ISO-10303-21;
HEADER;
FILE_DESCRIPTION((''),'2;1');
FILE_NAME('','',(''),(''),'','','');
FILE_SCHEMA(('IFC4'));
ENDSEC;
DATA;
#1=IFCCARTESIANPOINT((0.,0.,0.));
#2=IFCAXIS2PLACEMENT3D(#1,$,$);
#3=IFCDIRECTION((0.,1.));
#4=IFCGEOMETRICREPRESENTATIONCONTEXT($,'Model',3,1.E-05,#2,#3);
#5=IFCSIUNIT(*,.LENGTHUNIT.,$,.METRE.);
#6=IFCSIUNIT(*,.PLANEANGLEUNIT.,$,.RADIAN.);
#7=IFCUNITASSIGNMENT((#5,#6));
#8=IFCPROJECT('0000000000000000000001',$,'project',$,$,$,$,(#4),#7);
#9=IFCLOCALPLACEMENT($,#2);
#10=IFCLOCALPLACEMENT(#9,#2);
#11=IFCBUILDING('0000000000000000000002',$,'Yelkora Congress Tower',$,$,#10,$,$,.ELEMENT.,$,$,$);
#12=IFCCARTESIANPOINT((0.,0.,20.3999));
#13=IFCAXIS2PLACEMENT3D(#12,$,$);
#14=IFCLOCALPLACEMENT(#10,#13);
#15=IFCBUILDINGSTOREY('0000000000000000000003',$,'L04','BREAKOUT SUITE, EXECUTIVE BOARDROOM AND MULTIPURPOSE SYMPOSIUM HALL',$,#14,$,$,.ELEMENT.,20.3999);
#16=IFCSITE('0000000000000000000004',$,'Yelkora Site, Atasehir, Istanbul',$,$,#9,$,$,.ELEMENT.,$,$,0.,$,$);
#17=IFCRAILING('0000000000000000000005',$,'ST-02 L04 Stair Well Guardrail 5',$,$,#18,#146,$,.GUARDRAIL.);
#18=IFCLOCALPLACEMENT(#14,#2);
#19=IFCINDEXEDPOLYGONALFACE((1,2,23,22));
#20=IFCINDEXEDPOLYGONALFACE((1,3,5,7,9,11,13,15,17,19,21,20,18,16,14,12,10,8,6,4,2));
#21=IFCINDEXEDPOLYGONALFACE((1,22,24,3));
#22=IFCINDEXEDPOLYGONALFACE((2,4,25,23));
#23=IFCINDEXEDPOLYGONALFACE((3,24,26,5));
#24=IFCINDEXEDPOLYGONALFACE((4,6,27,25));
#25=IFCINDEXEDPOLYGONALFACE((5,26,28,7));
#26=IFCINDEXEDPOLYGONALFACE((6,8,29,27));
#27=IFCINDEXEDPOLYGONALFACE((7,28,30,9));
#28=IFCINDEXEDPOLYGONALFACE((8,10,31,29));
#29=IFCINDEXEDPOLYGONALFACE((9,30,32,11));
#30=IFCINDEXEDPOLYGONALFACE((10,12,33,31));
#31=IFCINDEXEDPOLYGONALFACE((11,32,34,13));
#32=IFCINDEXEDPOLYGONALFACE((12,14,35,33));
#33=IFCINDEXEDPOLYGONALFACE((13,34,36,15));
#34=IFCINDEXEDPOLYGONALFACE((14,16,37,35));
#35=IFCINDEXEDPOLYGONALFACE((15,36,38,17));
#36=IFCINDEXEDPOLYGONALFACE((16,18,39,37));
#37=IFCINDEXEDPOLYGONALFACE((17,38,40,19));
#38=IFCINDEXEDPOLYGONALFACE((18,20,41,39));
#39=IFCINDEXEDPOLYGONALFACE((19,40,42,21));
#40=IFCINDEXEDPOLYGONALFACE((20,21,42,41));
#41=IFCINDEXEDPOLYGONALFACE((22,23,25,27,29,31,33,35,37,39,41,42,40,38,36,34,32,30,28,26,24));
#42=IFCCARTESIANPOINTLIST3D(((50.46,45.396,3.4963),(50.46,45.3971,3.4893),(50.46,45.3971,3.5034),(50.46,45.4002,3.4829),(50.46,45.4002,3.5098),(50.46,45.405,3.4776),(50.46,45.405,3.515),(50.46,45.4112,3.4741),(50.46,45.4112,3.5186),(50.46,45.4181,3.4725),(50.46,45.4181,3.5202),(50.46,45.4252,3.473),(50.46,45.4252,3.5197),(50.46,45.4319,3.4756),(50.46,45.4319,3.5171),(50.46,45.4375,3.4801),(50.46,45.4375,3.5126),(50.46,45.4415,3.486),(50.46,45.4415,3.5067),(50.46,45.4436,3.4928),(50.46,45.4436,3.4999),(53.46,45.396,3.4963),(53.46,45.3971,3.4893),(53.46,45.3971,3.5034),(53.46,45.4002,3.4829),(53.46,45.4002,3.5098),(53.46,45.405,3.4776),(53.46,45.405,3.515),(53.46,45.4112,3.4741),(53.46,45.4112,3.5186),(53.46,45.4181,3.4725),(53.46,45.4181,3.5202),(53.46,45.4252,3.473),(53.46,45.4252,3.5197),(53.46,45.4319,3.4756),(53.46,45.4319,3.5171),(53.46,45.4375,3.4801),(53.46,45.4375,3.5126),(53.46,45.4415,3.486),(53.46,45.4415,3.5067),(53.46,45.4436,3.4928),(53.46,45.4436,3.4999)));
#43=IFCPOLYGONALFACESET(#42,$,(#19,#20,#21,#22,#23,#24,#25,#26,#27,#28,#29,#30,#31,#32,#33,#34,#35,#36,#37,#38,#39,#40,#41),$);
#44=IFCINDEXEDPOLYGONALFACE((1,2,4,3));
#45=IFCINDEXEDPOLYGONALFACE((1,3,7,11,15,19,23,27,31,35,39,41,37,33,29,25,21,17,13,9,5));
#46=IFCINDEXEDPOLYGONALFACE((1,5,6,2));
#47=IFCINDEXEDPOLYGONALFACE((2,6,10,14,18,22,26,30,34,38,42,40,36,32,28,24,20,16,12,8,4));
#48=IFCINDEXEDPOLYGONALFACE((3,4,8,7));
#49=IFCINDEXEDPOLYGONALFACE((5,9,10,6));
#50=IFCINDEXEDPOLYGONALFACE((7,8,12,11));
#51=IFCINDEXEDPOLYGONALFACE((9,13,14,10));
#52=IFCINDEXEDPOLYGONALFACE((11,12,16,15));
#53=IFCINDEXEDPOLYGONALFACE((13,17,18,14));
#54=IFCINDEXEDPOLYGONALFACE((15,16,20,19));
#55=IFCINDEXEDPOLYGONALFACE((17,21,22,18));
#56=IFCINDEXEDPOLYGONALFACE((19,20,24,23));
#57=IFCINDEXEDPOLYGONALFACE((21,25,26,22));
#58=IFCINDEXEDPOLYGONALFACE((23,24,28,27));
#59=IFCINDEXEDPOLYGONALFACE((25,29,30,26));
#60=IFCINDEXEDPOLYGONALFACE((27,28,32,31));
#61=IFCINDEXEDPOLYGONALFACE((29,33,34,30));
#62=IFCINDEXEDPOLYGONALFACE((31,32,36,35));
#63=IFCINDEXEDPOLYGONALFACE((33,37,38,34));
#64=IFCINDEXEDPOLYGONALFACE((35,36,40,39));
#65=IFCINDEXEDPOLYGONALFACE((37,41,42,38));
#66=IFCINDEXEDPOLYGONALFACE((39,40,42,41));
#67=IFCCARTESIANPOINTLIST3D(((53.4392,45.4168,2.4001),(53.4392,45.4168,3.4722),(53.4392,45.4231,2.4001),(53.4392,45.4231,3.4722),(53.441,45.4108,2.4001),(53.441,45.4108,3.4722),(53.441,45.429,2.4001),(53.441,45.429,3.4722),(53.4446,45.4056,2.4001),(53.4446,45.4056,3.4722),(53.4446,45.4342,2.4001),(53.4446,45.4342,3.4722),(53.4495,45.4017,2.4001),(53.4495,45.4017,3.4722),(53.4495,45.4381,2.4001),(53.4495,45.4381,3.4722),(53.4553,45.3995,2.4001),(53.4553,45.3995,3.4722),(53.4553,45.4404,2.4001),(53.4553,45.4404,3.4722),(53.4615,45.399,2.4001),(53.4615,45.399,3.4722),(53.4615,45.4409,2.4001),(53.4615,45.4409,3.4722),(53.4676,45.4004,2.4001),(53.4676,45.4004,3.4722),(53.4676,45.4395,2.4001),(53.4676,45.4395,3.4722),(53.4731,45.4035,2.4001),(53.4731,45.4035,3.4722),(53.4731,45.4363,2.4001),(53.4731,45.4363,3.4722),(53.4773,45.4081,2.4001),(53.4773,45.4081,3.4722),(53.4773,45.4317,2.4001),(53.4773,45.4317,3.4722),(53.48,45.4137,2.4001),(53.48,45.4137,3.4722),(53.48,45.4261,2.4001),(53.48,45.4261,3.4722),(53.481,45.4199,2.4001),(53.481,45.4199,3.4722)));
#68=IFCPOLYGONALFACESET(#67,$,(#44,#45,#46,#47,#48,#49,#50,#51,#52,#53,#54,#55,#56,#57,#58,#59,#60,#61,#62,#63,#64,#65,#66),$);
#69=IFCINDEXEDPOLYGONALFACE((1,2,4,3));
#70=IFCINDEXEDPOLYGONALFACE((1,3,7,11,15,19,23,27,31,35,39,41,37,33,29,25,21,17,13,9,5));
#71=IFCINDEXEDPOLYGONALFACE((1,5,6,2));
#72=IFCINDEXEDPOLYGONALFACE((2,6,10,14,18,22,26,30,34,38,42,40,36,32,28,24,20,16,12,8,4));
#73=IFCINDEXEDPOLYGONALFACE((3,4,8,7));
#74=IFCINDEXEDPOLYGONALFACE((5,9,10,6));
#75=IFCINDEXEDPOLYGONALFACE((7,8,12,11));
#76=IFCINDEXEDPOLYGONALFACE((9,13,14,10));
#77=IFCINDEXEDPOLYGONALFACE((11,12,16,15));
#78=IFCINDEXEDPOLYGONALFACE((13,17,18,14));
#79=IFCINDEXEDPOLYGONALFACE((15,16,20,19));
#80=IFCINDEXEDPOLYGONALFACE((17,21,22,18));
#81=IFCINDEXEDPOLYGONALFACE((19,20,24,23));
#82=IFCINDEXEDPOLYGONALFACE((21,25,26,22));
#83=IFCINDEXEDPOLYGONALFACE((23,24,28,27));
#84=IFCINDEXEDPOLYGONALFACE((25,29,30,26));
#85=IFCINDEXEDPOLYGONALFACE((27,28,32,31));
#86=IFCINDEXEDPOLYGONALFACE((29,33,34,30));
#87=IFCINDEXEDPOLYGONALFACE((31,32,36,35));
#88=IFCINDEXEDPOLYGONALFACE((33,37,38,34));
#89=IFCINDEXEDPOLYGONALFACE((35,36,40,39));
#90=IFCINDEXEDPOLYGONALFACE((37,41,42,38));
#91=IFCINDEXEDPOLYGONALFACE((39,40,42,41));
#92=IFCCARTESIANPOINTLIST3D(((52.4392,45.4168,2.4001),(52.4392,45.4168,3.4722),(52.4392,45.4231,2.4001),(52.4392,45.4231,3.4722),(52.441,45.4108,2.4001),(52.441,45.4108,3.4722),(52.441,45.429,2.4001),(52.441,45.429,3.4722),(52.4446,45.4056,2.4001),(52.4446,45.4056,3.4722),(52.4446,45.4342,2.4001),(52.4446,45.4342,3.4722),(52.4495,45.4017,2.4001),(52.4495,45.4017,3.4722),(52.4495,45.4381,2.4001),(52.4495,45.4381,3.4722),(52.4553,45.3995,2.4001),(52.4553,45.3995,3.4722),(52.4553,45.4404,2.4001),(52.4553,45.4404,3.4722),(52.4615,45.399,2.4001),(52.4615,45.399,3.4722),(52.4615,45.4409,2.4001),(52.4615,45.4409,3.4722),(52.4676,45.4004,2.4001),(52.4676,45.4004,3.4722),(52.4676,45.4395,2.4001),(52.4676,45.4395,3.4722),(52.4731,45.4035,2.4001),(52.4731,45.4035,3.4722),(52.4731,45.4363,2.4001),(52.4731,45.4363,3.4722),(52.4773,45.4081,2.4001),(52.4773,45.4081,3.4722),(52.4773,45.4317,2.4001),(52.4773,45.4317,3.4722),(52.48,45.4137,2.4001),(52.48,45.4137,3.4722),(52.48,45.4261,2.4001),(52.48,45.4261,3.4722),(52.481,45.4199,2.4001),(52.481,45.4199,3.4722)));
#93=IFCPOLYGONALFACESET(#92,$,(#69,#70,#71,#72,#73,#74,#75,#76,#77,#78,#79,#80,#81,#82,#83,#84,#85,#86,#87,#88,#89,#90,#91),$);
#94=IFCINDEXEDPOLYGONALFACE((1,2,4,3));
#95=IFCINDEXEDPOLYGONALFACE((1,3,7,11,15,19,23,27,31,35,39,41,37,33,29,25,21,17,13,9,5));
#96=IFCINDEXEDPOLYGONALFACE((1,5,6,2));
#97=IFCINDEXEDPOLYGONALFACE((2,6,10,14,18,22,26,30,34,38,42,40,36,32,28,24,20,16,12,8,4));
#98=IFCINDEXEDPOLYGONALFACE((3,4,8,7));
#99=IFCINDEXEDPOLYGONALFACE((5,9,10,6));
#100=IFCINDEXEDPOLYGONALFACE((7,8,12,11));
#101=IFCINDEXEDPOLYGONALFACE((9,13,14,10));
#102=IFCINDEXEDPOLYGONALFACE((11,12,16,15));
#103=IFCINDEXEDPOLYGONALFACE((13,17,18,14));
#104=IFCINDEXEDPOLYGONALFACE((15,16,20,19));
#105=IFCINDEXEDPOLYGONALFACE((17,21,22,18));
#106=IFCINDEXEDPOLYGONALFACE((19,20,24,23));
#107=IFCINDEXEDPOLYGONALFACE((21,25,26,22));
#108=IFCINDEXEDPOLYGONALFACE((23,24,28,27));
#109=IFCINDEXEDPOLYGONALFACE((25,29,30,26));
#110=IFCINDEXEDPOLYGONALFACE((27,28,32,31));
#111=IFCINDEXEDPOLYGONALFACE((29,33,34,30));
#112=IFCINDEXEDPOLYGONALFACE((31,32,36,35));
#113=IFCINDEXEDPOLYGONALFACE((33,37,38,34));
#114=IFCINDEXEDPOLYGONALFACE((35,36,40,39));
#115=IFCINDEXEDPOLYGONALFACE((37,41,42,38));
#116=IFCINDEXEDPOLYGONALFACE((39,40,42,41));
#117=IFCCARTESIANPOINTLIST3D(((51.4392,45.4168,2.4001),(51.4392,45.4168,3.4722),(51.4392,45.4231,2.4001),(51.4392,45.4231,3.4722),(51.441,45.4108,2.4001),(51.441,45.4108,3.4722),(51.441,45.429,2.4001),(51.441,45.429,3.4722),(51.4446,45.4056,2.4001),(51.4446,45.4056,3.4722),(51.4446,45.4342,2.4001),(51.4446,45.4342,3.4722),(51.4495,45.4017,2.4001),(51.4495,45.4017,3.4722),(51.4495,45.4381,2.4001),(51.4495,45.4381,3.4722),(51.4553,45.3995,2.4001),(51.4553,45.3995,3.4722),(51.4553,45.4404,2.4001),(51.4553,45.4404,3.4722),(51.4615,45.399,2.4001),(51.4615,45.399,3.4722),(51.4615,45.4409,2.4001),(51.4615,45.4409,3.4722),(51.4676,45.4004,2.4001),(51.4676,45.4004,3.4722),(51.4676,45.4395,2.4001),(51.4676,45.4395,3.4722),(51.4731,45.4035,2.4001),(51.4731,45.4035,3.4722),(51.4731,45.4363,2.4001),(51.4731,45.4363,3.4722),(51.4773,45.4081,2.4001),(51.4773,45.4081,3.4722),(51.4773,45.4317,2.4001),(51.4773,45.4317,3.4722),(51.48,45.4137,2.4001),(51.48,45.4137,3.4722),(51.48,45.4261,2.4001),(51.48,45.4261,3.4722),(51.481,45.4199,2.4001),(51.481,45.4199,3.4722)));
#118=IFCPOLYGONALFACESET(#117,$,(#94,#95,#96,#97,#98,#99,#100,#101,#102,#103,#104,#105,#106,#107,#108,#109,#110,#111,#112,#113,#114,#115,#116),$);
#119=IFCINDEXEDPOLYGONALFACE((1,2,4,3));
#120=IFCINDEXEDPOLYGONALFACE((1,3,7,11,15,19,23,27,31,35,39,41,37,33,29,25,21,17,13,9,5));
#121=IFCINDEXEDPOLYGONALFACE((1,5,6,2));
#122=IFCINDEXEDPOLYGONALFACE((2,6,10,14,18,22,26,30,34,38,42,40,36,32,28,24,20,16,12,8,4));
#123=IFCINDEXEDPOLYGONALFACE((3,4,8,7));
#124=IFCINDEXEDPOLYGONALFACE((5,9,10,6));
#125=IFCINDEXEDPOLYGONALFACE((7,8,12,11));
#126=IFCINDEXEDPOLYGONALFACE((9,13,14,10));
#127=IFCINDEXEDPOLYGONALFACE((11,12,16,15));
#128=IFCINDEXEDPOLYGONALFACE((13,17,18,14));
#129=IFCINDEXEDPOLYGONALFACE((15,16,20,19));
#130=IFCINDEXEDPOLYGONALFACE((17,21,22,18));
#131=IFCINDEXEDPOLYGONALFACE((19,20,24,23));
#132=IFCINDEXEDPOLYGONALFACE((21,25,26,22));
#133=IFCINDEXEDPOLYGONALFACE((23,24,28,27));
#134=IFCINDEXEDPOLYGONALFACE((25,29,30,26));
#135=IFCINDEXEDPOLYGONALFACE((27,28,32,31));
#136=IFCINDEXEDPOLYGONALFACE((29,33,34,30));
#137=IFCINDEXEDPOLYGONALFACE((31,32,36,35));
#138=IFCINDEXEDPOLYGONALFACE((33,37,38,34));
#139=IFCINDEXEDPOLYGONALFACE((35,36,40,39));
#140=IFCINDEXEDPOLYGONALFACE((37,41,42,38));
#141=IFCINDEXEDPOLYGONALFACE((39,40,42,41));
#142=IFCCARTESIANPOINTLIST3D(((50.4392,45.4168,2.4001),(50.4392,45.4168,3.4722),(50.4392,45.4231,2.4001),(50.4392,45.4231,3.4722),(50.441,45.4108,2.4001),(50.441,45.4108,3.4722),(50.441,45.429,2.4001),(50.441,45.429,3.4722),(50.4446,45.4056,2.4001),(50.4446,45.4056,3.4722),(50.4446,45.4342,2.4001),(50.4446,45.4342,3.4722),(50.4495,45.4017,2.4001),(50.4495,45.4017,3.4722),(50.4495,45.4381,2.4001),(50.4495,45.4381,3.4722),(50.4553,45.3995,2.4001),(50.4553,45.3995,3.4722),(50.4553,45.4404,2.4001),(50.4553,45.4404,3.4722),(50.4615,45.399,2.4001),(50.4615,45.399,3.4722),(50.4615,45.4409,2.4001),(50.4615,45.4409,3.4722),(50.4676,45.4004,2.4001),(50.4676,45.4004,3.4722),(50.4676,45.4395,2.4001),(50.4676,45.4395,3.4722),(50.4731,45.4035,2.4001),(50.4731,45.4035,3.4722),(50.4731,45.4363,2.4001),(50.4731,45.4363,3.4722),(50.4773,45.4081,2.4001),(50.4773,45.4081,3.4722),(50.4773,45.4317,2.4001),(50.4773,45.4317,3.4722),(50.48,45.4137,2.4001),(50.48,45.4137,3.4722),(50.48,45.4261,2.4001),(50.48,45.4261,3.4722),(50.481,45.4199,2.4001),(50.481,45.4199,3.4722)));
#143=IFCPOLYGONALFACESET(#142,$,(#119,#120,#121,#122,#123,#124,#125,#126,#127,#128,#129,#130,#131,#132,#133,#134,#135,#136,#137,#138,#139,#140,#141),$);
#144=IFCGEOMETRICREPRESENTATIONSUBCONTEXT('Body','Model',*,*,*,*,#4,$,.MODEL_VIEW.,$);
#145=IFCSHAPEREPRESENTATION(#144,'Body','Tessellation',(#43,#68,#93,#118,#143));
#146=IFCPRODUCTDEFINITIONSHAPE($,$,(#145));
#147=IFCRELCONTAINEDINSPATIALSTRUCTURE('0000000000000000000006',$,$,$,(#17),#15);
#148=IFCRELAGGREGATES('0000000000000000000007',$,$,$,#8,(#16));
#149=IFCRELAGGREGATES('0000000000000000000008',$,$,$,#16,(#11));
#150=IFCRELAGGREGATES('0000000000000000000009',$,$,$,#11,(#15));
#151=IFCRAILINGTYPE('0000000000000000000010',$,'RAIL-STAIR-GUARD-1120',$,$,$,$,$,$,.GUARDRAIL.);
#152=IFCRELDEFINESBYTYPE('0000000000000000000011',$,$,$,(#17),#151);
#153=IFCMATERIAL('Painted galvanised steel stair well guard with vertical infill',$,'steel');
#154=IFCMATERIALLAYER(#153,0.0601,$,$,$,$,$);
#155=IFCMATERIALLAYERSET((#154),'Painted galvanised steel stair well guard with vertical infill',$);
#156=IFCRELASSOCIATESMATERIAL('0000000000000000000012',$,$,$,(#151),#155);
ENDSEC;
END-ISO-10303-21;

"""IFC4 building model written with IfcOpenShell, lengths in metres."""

from ifc_helpers import new_model, si_unit, direction, frame, origin, origin_2d, place, context, subcontext, project, spatial, circle, extrude, material, layer, layer_set, type_object, element, save


model = new_model("IFC4")

# Units and contexts
model_context = context("Model", 3, precision=1e-05, world=origin(), true_north=direction((0.0, 1.0)))
body_context = subcontext(model_context, "Body", "Model", "MODEL_VIEW")
ifc_project = project(units=[si_unit("LENGTHUNIT", "METRE"), si_unit("PLANEANGLEUNIT", "RADIAN")], contexts=[model_context])

# Site, building, storey
site_placement = place(None, origin())
site = spatial("IfcSite", under=ifc_project, at=site_placement, Name="Yelkora Site, Atasehir, Istanbul", CompositionType="ELEMENT", RefElevation=0.0)
building_placement = place(site_placement, origin())
building = spatial("IfcBuilding", under=site, at=building_placement, Name="Yelkora Congress Tower", CompositionType="ELEMENT")
storey_placement = place(building_placement, frame((0.0, 0.0, 20.3999)))
storey = spatial("IfcBuildingStorey", under=building, at=storey_placement, Name="L04", Description="BREAKOUT SUITE, EXECUTIVE BOARDROOM AND MULTIPURPOSE SYMPOSIUM HALL", CompositionType="ELEMENT", Elevation=20.3999)

# Railing
ifc_material_1 = material(Name="Painted galvanised steel stair well guard with vertical infill", Category="steel")
ifc_layer_1 = layer(ifc_material_1, 0.0601)
ifc_layer_set_1 = layer_set([ifc_layer_1], Name="Painted galvanised steel stair well guard with vertical infill")
railing_type_1 = type_object("IfcRailingType", Name="RAIL-STAIR-GUARD-1120", PredefinedType="GUARDRAIL", material=ifc_layer_set_1)
railing_1_placement = place(storey_placement, frame((53.46, 45.4199, 2.4001)))
element("IfcRailing", 1, at=railing_1_placement, inside=storey, type_object=railing_type_1, Name="ST-02 L04 Stair Well Guardrail 5", PredefinedType="GUARDRAIL", context=body_context, shape_type="SweptSolid", body=[
    extrude(circle(Radius=0.0239, at=origin_2d()), frame((0.0, 0.0, 1.0962), z_axis=(-1.0, 0.0, 0.0), x_axis=(0.0, -1.0, 0.0)), (0.0, 0.0, 1.0), 3.0),
    extrude(circle(Radius=0.021, at=origin_2d()), origin(), (0.0, 0.0, 1.0), 1.072),
    extrude(circle(Radius=0.021, at=origin_2d()), frame((-1.0, 0.0, 0.0)), (0.0, 0.0, 1.0), 1.072),
    extrude(circle(Radius=0.021, at=origin_2d()), frame((-2.0, 0.0, 0.0)), (0.0, 0.0, 1.0), 1.072),
    extrude(circle(Radius=0.021, at=origin_2d()), frame((-3.0, 0.0, 0.0)), (0.0, 0.0, 1.0), 1.072),
])

save(model, "model.ifc")
